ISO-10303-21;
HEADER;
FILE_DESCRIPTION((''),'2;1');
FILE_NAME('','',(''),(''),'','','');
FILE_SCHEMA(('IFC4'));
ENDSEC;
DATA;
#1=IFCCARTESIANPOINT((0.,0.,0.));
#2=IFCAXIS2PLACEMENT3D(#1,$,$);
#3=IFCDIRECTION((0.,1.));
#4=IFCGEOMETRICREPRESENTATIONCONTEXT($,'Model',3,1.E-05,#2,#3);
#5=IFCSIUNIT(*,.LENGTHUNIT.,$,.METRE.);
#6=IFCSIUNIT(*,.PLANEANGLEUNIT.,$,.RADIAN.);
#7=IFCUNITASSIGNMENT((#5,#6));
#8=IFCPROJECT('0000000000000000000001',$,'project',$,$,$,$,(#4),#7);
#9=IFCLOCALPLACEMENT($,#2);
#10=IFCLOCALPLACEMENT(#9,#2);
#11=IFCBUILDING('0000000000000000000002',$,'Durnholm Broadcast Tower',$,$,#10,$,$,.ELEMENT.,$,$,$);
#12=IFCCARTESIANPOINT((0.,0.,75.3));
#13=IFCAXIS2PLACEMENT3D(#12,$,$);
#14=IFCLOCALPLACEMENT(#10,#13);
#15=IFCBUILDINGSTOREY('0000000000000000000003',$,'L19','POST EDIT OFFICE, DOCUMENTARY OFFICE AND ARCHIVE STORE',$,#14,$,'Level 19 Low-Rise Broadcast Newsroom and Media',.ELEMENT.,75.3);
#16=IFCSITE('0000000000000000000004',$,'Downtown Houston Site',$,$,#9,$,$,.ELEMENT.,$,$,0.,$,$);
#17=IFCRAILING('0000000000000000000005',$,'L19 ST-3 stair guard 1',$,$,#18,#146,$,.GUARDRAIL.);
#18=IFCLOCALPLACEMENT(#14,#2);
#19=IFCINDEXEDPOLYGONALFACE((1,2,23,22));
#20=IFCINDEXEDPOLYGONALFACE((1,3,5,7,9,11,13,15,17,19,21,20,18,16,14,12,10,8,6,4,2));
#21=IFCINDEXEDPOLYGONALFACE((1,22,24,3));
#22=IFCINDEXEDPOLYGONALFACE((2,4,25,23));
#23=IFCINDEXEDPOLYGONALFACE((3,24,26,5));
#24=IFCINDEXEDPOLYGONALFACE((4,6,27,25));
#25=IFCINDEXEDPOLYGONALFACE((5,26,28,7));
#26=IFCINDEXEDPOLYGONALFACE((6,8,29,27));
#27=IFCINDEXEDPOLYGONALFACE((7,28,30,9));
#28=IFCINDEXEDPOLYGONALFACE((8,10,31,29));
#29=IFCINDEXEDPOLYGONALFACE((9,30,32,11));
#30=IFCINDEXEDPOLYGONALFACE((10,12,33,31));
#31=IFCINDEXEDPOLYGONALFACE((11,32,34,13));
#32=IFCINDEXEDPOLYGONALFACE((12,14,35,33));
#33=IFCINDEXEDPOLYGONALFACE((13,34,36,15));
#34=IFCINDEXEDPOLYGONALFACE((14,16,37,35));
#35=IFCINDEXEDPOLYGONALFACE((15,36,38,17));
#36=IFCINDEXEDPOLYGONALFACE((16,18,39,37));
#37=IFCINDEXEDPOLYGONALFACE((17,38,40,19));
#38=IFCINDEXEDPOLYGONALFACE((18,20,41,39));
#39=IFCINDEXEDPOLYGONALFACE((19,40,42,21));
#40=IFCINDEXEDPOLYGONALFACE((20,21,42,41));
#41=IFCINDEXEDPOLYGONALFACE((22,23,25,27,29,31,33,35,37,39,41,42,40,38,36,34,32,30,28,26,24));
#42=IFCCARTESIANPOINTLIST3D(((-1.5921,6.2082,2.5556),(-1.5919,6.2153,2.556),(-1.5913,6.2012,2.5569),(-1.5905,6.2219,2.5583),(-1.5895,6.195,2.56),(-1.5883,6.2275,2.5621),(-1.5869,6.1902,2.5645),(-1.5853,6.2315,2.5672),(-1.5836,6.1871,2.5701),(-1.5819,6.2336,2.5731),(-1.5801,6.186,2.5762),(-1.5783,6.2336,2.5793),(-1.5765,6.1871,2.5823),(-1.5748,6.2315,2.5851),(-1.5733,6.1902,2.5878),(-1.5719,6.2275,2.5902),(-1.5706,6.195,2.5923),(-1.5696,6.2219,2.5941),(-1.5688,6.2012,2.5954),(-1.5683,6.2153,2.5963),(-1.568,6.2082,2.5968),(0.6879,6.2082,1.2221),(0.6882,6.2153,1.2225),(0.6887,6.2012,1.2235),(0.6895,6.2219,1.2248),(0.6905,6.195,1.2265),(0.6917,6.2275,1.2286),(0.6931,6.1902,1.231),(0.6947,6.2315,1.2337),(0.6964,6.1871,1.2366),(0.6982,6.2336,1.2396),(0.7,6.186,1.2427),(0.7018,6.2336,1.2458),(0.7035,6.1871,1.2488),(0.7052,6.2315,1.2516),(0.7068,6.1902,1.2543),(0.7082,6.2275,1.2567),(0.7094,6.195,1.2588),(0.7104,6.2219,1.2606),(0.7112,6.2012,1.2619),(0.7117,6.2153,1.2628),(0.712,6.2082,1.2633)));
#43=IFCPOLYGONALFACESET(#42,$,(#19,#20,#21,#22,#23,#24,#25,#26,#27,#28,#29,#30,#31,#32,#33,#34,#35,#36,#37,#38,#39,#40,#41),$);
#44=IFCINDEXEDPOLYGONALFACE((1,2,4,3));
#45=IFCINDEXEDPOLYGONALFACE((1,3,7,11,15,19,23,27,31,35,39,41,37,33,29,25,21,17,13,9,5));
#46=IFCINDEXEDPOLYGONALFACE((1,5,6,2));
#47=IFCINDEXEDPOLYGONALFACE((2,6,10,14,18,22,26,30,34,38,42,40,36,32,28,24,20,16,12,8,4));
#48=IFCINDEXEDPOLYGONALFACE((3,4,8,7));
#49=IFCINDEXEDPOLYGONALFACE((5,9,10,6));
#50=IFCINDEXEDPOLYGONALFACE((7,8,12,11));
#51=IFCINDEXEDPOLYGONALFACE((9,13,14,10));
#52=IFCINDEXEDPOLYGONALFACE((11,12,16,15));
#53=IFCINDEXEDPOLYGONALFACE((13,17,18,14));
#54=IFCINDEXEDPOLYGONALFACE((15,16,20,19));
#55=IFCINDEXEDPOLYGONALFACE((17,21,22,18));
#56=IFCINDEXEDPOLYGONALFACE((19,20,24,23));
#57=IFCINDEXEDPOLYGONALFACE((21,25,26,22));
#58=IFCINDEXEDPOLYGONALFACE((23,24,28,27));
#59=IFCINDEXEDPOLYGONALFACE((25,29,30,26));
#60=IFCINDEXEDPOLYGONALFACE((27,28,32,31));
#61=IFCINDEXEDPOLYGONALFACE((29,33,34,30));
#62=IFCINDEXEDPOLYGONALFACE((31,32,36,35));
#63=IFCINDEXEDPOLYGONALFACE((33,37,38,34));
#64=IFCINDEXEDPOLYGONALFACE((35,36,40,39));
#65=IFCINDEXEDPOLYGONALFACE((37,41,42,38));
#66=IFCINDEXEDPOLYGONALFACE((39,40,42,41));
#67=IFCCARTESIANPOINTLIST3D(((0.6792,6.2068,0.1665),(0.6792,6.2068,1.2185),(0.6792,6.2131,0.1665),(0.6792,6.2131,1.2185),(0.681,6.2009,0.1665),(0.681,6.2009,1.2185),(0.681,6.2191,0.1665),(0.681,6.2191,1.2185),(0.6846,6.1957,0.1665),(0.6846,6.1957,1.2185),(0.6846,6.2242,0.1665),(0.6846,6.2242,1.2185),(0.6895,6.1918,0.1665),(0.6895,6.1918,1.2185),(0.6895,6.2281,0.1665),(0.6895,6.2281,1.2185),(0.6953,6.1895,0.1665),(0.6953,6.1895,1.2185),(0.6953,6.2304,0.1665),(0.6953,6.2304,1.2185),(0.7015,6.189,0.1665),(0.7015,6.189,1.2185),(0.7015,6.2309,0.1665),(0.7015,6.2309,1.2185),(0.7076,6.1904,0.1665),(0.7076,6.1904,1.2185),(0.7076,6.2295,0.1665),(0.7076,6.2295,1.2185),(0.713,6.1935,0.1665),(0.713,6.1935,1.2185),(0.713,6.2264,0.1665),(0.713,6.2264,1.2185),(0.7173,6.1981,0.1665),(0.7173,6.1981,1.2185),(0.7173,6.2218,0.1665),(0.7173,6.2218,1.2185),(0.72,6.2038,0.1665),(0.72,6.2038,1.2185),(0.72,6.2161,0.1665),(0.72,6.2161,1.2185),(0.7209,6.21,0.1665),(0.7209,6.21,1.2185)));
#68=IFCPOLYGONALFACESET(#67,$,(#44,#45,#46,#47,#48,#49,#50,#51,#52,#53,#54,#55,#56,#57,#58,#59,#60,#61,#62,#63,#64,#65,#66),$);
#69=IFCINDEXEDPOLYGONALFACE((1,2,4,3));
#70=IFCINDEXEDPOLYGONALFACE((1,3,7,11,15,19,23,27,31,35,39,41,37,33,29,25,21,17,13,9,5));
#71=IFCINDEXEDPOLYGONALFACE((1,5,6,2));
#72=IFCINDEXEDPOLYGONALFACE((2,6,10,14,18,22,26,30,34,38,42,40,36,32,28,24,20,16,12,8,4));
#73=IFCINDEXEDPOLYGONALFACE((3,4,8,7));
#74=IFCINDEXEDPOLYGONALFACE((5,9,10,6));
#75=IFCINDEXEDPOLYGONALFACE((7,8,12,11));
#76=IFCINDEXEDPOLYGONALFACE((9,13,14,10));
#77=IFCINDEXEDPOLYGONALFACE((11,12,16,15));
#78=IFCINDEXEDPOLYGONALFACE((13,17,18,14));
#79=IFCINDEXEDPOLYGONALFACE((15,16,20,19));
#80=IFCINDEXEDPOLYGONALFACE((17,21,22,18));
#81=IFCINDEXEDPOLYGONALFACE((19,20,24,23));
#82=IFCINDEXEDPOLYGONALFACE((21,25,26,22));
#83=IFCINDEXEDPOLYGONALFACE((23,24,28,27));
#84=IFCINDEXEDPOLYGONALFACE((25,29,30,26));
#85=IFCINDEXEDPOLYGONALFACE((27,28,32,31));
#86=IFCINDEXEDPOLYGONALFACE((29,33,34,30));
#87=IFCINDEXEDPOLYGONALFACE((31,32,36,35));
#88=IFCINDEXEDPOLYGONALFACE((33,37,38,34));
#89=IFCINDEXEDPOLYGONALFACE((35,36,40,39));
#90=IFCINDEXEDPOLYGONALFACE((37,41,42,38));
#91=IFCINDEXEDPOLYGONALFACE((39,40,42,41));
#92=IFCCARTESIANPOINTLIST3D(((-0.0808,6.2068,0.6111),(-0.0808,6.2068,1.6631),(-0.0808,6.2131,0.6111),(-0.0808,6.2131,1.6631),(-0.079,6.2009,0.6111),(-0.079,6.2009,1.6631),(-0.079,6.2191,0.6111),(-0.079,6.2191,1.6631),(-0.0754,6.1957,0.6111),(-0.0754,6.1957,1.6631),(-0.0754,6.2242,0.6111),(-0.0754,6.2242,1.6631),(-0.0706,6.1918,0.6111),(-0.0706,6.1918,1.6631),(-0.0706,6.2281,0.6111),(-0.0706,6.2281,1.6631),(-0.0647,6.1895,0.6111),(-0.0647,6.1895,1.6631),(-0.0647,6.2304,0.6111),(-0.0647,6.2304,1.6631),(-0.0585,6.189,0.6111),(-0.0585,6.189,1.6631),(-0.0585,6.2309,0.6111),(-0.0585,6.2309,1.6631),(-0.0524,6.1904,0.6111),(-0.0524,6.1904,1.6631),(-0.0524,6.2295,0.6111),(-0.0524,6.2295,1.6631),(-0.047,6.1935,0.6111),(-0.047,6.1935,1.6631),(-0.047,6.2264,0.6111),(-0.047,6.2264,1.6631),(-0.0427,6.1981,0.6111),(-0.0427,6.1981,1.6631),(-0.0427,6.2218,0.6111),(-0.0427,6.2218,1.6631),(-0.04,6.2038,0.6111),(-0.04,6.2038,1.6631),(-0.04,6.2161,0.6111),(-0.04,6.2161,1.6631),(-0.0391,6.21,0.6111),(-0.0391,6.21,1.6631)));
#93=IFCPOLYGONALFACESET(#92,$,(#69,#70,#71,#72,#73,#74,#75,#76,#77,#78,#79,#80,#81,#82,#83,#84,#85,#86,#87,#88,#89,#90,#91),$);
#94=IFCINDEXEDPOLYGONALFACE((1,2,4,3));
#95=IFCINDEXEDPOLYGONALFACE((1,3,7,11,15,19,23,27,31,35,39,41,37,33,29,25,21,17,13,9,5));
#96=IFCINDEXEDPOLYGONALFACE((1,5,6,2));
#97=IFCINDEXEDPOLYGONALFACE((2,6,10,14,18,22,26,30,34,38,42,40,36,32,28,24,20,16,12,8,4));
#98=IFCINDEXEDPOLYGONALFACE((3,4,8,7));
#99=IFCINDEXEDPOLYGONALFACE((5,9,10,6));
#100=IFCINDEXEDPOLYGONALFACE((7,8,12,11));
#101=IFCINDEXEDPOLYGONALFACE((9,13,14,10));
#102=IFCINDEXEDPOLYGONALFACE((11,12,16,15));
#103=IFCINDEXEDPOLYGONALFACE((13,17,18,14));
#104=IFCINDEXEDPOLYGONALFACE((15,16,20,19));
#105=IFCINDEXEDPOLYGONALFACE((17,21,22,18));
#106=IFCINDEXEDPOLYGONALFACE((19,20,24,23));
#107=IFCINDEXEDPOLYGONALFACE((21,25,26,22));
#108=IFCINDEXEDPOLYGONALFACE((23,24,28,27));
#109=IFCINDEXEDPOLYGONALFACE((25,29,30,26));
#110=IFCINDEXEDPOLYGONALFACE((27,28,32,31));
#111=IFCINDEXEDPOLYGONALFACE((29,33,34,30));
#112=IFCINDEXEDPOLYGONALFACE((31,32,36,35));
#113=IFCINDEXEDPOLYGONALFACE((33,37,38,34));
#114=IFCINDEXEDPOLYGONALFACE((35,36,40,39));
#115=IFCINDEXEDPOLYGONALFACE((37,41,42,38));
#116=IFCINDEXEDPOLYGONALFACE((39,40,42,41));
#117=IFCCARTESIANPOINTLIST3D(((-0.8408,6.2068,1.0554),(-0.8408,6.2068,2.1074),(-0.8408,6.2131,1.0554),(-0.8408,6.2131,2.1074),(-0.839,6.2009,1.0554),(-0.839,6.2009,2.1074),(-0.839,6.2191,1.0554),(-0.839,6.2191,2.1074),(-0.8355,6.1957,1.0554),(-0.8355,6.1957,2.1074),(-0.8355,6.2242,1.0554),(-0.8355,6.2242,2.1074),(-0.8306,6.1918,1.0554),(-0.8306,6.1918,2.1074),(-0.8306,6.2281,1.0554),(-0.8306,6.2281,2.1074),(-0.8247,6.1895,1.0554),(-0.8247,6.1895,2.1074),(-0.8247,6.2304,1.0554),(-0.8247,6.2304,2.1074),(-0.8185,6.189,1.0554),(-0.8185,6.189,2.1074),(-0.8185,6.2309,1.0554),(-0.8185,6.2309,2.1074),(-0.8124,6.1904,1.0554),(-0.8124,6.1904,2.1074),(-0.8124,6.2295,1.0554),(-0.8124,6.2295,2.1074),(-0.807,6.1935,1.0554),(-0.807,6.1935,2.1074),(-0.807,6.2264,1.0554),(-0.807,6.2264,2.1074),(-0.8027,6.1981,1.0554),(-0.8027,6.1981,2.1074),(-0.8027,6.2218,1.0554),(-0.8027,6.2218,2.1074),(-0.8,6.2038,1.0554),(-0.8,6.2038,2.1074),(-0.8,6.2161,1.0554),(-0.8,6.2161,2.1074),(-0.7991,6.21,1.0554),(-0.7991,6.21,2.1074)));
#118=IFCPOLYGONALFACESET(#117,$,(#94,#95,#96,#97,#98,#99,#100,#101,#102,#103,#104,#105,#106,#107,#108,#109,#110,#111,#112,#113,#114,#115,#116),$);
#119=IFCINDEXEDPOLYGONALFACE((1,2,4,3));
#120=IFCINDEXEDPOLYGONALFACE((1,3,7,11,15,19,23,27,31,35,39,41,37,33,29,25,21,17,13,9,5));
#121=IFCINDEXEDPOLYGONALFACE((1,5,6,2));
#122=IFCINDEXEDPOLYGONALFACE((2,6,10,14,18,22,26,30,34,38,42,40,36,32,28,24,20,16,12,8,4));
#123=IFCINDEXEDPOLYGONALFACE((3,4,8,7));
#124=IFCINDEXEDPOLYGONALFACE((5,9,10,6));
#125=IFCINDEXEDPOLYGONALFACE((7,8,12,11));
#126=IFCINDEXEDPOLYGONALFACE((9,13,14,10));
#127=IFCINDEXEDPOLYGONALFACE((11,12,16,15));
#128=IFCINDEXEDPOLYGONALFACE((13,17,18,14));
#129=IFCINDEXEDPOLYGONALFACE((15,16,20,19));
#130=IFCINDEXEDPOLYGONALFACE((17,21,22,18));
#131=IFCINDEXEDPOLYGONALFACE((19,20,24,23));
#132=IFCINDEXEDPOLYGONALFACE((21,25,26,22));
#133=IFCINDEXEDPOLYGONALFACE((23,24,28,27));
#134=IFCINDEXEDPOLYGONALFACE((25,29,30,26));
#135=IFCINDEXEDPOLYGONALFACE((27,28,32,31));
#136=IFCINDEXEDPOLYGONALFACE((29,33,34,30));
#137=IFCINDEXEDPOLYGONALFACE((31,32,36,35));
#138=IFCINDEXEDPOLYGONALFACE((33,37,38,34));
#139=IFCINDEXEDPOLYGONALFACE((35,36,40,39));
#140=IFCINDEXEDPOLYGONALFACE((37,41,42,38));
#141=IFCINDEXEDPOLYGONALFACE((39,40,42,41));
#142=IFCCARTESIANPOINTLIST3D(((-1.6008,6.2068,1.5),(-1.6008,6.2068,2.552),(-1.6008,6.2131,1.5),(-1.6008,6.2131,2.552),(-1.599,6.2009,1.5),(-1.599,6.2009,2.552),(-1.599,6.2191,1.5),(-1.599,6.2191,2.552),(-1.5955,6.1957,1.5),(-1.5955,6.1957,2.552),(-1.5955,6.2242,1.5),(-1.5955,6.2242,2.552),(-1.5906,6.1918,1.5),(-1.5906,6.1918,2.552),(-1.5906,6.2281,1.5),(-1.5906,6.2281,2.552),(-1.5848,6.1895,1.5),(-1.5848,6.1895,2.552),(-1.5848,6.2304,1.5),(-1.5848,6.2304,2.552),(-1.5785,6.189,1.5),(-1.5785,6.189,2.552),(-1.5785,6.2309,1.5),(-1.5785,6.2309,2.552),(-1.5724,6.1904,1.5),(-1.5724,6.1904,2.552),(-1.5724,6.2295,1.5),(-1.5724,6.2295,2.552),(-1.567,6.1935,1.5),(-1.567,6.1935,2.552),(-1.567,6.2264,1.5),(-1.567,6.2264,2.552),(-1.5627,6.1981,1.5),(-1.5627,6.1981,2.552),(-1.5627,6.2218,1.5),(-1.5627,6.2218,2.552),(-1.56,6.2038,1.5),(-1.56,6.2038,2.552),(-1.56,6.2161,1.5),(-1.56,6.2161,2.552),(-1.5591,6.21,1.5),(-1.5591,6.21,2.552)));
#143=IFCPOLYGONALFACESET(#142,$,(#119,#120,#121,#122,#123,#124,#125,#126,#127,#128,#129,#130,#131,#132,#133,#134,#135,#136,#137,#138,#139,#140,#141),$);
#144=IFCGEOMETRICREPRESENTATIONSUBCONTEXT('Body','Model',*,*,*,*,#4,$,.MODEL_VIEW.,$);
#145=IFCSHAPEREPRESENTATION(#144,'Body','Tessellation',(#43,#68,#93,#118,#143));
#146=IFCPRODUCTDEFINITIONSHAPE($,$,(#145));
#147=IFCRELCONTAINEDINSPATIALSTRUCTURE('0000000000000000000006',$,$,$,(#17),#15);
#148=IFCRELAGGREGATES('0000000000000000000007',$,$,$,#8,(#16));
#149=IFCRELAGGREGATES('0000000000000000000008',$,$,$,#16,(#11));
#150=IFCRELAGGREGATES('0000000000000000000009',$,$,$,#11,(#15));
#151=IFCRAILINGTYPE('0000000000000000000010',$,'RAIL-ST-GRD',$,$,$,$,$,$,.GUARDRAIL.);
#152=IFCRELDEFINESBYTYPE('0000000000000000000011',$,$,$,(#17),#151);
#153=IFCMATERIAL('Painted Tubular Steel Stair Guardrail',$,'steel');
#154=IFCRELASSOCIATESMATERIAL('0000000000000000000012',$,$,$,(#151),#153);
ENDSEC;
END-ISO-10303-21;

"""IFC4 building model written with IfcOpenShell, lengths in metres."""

from ifc_helpers import new_model, si_unit, direction, frame, origin, origin_2d, place, context, subcontext, project, spatial, circle, extrude, material, type_object, element, save


model = new_model("IFC4")

# Units and contexts
model_context = context("Model", 3, precision=1e-05, world=origin(), true_north=direction((0.0, 1.0)))
body_context = subcontext(model_context, "Body", "Model", "MODEL_VIEW")
ifc_project = project(units=[si_unit("LENGTHUNIT", "METRE"), si_unit("PLANEANGLEUNIT", "RADIAN")], contexts=[model_context])

# Site, building, storey
site_placement = place(None, origin())
site = spatial("IfcSite", under=ifc_project, at=site_placement, Name="Downtown Houston Site", CompositionType="ELEMENT", RefElevation=0.0)
building_placement = place(site_placement, origin())
building = spatial("IfcBuilding", under=site, at=building_placement, Name="Durnholm Broadcast Tower", CompositionType="ELEMENT")
storey_placement = place(building_placement, frame((0.0, 0.0, 75.3)))
storey = spatial("IfcBuildingStorey", under=building, at=storey_placement, Name="L19", Description="POST EDIT OFFICE, DOCUMENTARY OFFICE AND ARCHIVE STORE", LongName="Level 19 Low-Rise Broadcast Newsroom and Media", CompositionType="ELEMENT", Elevation=75.3)

# Railing
ifc_material_1 = material(Name="Painted Tubular Steel Stair Guardrail", Category="steel")
railing_type_1 = type_object("IfcRailingType", Name="RAIL-ST-GRD", PredefinedType="GUARDRAIL", material=ifc_material_1)
railing_1_placement = place(storey_placement, frame((0.7, 6.21, 0.1665)))
element("IfcRailing", 1, at=railing_1_placement, inside=storey, type_object=railing_type_1, Name="L19 ST-3 stair guard 1", PredefinedType="GUARDRAIL", context=body_context, shape_type="SweptSolid", body=[
    extrude(circle(Radius=0.0239, at=origin_2d()), frame((0.0, 0.0, 1.0762), z_axis=(-0.863205, 0.0, 0.504853), x_axis=(0.0, -1.0, 0.0)), (0.0, 0.0, 1.0), 2.6414),
    extrude(circle(Radius=0.021, at=origin_2d()), origin(), (0.0, 0.0, 1.0), 1.052),
    extrude(circle(Radius=0.021, at=origin_2d()), frame((-0.76, 0.0, 0.4446)), (0.0, 0.0, 1.0), 1.052),
    extrude(circle(Radius=0.021, at=origin_2d()), frame((-1.52, 0.0, 0.8889)), (0.0, 0.0, 1.0), 1.052),
    extrude(circle(Radius=0.021, at=origin_2d()), frame((-2.28, 0.0, 1.3335)), (0.0, 0.0, 1.0), 1.052),
])

save(model, "model.ifc")
